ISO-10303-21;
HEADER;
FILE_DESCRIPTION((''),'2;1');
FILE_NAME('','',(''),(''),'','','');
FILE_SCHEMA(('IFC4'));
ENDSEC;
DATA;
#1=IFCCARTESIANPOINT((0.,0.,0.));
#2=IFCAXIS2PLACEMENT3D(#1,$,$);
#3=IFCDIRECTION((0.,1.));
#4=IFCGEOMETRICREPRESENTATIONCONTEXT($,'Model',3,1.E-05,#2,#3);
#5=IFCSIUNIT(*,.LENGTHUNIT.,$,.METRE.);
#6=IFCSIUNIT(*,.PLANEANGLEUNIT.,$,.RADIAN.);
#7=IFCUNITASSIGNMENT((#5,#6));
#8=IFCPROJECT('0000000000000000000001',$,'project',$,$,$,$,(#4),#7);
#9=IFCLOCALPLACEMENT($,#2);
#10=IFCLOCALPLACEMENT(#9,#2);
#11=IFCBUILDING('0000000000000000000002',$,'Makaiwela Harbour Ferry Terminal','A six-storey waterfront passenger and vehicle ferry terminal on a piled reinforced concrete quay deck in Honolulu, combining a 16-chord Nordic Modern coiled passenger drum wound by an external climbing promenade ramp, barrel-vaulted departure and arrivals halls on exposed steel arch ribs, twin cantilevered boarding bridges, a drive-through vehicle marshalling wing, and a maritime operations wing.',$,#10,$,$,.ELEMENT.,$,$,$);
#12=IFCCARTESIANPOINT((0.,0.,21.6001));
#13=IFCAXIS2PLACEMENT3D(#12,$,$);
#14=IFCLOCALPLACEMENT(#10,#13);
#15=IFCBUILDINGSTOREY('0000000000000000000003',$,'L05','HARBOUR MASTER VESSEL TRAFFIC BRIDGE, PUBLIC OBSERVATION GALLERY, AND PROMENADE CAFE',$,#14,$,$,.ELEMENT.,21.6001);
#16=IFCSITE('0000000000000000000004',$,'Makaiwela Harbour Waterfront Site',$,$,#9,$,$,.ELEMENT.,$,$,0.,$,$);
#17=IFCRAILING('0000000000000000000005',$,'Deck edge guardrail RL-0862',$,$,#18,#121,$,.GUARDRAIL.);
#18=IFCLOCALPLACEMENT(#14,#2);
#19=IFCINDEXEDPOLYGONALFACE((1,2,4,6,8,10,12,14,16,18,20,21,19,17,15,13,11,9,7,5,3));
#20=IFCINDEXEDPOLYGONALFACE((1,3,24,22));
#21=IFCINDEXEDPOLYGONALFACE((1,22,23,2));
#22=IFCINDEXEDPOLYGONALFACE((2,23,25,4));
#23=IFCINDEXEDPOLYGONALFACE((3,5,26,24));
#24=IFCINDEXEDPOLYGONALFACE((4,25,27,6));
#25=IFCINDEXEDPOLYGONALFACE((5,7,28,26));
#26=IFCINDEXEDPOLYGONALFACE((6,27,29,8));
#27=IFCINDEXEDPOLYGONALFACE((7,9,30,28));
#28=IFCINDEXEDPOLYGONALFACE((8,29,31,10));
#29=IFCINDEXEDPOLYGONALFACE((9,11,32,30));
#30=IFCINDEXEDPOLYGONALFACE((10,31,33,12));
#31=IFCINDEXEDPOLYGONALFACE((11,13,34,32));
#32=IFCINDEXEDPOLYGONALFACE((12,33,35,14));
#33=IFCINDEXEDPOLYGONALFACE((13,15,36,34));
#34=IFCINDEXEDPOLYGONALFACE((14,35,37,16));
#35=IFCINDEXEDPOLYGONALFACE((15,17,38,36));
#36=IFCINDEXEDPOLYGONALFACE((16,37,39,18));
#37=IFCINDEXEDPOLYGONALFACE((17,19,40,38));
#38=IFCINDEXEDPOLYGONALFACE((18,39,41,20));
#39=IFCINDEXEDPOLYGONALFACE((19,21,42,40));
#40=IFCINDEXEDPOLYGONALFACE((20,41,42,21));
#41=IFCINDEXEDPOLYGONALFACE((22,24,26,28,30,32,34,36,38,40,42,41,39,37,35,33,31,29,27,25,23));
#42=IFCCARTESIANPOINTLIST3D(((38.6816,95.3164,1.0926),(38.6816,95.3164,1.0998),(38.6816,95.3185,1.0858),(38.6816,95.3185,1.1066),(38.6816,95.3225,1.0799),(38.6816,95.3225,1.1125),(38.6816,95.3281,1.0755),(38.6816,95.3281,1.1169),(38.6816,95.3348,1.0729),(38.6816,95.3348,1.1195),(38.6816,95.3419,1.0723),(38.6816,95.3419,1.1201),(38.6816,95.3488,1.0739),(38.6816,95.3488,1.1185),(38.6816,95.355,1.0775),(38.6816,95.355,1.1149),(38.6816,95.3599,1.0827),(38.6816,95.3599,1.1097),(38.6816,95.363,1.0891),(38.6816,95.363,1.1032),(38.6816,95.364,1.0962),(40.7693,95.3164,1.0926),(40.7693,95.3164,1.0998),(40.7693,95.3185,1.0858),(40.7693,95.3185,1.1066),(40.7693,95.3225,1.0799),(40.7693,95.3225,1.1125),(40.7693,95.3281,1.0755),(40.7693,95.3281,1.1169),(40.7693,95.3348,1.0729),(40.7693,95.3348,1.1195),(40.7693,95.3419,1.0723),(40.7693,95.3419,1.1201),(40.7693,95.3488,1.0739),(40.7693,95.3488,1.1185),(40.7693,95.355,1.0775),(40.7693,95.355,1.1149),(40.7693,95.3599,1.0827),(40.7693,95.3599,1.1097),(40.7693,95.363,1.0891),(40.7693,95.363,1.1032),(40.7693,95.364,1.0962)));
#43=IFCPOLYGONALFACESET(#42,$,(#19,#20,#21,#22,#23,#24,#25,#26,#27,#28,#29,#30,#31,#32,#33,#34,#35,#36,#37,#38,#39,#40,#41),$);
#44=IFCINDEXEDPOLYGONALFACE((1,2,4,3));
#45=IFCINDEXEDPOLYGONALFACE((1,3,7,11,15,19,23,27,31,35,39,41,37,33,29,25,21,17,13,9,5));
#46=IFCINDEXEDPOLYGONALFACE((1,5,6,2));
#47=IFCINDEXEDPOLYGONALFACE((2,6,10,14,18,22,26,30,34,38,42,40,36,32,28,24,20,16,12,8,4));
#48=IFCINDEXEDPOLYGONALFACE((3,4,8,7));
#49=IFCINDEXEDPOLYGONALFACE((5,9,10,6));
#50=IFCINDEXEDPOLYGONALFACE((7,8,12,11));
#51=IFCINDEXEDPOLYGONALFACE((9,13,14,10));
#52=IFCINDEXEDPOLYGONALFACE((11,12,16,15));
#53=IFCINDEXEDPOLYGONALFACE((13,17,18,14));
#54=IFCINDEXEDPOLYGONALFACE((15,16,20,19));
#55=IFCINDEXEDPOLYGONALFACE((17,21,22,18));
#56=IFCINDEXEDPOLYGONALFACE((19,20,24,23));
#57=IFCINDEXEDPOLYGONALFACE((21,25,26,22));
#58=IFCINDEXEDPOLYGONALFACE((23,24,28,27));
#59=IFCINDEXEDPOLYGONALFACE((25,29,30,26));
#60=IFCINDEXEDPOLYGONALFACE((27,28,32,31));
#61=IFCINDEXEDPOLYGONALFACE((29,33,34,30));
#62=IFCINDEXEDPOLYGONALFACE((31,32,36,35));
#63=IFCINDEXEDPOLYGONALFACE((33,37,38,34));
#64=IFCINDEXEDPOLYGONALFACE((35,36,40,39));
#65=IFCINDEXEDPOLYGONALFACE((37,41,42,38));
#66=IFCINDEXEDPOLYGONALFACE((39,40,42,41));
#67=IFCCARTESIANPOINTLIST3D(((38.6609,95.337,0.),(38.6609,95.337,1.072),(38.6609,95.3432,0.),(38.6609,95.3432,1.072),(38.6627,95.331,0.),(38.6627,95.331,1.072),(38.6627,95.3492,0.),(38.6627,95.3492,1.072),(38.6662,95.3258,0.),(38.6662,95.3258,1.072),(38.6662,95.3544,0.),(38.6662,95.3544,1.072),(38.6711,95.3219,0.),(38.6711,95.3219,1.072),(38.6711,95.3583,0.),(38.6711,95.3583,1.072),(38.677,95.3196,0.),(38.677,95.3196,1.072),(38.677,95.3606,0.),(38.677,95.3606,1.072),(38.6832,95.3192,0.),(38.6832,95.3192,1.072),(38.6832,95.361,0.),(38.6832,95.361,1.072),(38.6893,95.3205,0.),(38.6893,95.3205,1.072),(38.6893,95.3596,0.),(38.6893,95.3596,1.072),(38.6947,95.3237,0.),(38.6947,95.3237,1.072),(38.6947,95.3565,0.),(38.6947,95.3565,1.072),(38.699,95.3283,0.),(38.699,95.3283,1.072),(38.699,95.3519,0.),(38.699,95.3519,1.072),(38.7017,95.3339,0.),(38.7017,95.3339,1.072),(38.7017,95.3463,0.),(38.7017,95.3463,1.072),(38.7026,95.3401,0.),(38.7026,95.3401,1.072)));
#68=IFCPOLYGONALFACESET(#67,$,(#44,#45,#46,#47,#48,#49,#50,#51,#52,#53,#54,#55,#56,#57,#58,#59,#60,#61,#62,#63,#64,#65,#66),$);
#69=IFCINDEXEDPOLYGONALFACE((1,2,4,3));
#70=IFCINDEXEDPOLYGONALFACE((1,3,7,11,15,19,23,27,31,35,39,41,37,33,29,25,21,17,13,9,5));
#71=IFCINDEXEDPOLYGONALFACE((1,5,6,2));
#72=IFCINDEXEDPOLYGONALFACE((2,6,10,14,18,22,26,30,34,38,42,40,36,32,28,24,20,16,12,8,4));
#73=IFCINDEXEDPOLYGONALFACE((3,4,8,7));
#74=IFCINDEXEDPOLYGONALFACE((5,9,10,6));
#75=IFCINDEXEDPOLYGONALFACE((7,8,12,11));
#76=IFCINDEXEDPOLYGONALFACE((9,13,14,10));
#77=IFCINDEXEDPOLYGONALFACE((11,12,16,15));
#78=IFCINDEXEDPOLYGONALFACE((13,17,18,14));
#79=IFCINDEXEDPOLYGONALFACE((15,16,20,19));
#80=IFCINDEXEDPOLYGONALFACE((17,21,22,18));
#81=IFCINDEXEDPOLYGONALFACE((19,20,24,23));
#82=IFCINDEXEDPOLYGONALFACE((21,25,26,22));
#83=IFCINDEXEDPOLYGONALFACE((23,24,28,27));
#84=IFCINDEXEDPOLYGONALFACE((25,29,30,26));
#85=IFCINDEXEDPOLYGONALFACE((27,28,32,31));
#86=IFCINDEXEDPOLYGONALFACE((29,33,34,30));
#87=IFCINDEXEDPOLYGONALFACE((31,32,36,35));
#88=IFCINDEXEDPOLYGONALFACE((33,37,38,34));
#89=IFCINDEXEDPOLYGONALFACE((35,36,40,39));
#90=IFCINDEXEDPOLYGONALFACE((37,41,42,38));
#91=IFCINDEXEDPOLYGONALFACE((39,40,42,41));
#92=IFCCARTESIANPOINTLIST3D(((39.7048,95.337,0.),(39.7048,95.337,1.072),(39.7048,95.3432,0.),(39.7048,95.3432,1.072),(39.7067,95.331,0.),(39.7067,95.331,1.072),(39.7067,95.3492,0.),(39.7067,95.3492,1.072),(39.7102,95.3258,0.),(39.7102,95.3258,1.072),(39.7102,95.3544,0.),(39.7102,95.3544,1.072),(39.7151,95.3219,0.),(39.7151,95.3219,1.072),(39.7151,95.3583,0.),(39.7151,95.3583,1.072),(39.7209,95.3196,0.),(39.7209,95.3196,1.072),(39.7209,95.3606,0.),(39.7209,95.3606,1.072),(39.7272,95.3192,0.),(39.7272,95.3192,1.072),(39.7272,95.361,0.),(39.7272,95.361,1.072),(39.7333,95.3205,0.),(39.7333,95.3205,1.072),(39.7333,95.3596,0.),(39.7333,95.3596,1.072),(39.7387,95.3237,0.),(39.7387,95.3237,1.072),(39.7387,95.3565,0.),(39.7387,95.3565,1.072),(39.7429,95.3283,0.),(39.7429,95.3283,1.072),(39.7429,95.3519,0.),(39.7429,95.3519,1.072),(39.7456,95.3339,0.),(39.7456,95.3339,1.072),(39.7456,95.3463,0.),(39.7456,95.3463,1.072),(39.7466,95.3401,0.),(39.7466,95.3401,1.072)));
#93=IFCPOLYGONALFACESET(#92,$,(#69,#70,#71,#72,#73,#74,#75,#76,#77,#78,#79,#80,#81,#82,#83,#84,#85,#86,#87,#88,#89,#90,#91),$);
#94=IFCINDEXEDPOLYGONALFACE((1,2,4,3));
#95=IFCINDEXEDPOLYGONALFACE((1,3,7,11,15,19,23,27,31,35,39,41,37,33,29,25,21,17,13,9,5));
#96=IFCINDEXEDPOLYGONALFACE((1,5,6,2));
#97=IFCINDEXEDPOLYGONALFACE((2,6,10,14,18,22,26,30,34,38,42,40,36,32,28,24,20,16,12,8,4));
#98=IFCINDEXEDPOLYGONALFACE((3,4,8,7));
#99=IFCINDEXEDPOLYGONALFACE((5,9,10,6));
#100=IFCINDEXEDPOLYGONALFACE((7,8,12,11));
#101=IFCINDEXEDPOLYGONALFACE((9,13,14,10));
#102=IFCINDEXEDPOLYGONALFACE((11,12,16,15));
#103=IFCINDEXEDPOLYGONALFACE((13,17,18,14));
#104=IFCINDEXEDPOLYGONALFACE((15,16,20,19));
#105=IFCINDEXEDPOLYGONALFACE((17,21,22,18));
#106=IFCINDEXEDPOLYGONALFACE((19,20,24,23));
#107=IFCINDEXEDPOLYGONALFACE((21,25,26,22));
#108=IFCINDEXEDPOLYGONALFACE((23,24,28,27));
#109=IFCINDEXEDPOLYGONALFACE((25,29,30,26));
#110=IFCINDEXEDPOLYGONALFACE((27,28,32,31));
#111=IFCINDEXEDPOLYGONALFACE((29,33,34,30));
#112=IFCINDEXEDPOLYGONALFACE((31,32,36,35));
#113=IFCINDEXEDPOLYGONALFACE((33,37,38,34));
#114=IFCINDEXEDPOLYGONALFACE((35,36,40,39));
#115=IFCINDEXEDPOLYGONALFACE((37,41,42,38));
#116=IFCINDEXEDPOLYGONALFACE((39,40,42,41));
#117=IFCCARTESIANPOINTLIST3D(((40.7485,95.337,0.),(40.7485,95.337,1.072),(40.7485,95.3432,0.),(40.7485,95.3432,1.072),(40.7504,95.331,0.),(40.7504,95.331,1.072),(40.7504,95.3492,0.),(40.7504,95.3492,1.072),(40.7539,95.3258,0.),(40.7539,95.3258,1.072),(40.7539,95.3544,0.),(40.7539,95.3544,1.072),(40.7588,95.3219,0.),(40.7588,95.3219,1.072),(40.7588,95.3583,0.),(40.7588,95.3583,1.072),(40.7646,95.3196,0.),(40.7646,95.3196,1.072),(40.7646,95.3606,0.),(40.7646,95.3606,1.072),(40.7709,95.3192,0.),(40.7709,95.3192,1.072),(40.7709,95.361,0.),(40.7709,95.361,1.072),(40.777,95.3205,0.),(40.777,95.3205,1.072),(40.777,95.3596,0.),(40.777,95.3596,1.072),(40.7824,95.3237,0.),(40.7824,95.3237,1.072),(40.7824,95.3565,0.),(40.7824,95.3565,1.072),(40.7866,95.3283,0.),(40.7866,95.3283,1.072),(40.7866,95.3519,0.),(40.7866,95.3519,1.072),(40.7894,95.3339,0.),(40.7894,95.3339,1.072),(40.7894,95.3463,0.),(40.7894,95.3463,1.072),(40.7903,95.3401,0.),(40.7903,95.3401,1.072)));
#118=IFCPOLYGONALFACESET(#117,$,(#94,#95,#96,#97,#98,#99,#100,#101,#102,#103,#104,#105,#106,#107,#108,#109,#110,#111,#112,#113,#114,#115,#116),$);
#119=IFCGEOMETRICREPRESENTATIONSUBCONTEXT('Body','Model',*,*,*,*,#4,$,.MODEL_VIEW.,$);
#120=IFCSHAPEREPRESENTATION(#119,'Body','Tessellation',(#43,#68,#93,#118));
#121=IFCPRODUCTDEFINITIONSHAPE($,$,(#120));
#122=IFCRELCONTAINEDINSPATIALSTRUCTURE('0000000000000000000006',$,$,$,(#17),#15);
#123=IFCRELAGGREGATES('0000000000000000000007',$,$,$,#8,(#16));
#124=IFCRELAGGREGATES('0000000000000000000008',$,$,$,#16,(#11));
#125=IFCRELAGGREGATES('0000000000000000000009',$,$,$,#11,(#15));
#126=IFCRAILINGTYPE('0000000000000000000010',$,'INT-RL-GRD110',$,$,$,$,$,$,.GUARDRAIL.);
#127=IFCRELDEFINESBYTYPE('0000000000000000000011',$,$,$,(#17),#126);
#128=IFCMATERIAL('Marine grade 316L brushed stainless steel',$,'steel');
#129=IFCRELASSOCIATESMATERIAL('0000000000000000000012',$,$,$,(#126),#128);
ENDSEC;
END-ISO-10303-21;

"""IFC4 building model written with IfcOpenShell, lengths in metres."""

from ifc_helpers import new_model, si_unit, direction, frame, origin, origin_2d, place, context, subcontext, project, spatial, circle, extrude, material, type_object, element, save


model = new_model("IFC4")

# Units and contexts
model_context = context("Model", 3, precision=1e-05, world=origin(), true_north=direction((0.0, 1.0)))
body_context = subcontext(model_context, "Body", "Model", "MODEL_VIEW")
ifc_project = project(units=[si_unit("LENGTHUNIT", "METRE"), si_unit("PLANEANGLEUNIT", "RADIAN")], contexts=[model_context])

# Site, building, storey
site_placement = place(None, origin())
site = spatial("IfcSite", under=ifc_project, at=site_placement, Name="Makaiwela Harbour Waterfront Site", CompositionType="ELEMENT", RefElevation=0.0)
building_placement = place(site_placement, origin())
building = spatial("IfcBuilding", under=site, at=building_placement, Name="Makaiwela Harbour Ferry Terminal", Description="A six-storey waterfront passenger and vehicle ferry terminal on a piled reinforced concrete quay deck in Honolulu, combining a 16-chord Nordic Modern coiled passenger drum wound by an external climbing promenade ramp, barrel-vaulted departure and arrivals halls on exposed steel arch ribs, twin cantilevered boarding bridges, a drive-through vehicle marshalling wing, and a maritime operations wing.", CompositionType="ELEMENT")
storey_placement = place(building_placement, frame((0.0, 0.0, 21.6001)))
storey = spatial("IfcBuildingStorey", under=building, at=storey_placement, Name="L05", Description="HARBOUR MASTER VESSEL TRAFFIC BRIDGE, PUBLIC OBSERVATION GALLERY, AND PROMENADE CAFE", CompositionType="ELEMENT", Elevation=21.6001)

# Railing
ifc_material_1 = material(Name="Marine grade 316L brushed stainless steel", Category="steel")
railing_type = type_object("IfcRailingType", Name="INT-RL-GRD110", PredefinedType="GUARDRAIL", material=ifc_material_1)
for number, where, name in (
    (1, (38.6816, 95.3401, 0.0), "Deck edge guardrail RL-0862"),
):
    element("IfcRailing", number, at=place(storey_placement, frame(where)), inside=storey, type_object=railing_type, Name=name, PredefinedType="GUARDRAIL", context=body_context, shape_type="SweptSolid", body=[
        extrude(circle(Radius=0.0239, at=origin_2d()), frame((0.0, 0.0, 1.0962), z_axis=(1.0, 0.0, 0.0), x_axis=(0.0, 1.0, 0.0)), (0.0, 0.0, 1.0), 2.0876),
        extrude(circle(Radius=0.021, at=origin_2d()), origin(), (0.0, 0.0, 1.0), 1.072),
        extrude(circle(Radius=0.021, at=origin_2d()), frame((1.0439, 0.0, 0.0)), (0.0, 0.0, 1.0), 1.072),
        extrude(circle(Radius=0.021, at=origin_2d()), frame((2.0876, 0.0, 0.0)), (0.0, 0.0, 1.0), 1.072),
    ])

save(model, "model.ifc")
